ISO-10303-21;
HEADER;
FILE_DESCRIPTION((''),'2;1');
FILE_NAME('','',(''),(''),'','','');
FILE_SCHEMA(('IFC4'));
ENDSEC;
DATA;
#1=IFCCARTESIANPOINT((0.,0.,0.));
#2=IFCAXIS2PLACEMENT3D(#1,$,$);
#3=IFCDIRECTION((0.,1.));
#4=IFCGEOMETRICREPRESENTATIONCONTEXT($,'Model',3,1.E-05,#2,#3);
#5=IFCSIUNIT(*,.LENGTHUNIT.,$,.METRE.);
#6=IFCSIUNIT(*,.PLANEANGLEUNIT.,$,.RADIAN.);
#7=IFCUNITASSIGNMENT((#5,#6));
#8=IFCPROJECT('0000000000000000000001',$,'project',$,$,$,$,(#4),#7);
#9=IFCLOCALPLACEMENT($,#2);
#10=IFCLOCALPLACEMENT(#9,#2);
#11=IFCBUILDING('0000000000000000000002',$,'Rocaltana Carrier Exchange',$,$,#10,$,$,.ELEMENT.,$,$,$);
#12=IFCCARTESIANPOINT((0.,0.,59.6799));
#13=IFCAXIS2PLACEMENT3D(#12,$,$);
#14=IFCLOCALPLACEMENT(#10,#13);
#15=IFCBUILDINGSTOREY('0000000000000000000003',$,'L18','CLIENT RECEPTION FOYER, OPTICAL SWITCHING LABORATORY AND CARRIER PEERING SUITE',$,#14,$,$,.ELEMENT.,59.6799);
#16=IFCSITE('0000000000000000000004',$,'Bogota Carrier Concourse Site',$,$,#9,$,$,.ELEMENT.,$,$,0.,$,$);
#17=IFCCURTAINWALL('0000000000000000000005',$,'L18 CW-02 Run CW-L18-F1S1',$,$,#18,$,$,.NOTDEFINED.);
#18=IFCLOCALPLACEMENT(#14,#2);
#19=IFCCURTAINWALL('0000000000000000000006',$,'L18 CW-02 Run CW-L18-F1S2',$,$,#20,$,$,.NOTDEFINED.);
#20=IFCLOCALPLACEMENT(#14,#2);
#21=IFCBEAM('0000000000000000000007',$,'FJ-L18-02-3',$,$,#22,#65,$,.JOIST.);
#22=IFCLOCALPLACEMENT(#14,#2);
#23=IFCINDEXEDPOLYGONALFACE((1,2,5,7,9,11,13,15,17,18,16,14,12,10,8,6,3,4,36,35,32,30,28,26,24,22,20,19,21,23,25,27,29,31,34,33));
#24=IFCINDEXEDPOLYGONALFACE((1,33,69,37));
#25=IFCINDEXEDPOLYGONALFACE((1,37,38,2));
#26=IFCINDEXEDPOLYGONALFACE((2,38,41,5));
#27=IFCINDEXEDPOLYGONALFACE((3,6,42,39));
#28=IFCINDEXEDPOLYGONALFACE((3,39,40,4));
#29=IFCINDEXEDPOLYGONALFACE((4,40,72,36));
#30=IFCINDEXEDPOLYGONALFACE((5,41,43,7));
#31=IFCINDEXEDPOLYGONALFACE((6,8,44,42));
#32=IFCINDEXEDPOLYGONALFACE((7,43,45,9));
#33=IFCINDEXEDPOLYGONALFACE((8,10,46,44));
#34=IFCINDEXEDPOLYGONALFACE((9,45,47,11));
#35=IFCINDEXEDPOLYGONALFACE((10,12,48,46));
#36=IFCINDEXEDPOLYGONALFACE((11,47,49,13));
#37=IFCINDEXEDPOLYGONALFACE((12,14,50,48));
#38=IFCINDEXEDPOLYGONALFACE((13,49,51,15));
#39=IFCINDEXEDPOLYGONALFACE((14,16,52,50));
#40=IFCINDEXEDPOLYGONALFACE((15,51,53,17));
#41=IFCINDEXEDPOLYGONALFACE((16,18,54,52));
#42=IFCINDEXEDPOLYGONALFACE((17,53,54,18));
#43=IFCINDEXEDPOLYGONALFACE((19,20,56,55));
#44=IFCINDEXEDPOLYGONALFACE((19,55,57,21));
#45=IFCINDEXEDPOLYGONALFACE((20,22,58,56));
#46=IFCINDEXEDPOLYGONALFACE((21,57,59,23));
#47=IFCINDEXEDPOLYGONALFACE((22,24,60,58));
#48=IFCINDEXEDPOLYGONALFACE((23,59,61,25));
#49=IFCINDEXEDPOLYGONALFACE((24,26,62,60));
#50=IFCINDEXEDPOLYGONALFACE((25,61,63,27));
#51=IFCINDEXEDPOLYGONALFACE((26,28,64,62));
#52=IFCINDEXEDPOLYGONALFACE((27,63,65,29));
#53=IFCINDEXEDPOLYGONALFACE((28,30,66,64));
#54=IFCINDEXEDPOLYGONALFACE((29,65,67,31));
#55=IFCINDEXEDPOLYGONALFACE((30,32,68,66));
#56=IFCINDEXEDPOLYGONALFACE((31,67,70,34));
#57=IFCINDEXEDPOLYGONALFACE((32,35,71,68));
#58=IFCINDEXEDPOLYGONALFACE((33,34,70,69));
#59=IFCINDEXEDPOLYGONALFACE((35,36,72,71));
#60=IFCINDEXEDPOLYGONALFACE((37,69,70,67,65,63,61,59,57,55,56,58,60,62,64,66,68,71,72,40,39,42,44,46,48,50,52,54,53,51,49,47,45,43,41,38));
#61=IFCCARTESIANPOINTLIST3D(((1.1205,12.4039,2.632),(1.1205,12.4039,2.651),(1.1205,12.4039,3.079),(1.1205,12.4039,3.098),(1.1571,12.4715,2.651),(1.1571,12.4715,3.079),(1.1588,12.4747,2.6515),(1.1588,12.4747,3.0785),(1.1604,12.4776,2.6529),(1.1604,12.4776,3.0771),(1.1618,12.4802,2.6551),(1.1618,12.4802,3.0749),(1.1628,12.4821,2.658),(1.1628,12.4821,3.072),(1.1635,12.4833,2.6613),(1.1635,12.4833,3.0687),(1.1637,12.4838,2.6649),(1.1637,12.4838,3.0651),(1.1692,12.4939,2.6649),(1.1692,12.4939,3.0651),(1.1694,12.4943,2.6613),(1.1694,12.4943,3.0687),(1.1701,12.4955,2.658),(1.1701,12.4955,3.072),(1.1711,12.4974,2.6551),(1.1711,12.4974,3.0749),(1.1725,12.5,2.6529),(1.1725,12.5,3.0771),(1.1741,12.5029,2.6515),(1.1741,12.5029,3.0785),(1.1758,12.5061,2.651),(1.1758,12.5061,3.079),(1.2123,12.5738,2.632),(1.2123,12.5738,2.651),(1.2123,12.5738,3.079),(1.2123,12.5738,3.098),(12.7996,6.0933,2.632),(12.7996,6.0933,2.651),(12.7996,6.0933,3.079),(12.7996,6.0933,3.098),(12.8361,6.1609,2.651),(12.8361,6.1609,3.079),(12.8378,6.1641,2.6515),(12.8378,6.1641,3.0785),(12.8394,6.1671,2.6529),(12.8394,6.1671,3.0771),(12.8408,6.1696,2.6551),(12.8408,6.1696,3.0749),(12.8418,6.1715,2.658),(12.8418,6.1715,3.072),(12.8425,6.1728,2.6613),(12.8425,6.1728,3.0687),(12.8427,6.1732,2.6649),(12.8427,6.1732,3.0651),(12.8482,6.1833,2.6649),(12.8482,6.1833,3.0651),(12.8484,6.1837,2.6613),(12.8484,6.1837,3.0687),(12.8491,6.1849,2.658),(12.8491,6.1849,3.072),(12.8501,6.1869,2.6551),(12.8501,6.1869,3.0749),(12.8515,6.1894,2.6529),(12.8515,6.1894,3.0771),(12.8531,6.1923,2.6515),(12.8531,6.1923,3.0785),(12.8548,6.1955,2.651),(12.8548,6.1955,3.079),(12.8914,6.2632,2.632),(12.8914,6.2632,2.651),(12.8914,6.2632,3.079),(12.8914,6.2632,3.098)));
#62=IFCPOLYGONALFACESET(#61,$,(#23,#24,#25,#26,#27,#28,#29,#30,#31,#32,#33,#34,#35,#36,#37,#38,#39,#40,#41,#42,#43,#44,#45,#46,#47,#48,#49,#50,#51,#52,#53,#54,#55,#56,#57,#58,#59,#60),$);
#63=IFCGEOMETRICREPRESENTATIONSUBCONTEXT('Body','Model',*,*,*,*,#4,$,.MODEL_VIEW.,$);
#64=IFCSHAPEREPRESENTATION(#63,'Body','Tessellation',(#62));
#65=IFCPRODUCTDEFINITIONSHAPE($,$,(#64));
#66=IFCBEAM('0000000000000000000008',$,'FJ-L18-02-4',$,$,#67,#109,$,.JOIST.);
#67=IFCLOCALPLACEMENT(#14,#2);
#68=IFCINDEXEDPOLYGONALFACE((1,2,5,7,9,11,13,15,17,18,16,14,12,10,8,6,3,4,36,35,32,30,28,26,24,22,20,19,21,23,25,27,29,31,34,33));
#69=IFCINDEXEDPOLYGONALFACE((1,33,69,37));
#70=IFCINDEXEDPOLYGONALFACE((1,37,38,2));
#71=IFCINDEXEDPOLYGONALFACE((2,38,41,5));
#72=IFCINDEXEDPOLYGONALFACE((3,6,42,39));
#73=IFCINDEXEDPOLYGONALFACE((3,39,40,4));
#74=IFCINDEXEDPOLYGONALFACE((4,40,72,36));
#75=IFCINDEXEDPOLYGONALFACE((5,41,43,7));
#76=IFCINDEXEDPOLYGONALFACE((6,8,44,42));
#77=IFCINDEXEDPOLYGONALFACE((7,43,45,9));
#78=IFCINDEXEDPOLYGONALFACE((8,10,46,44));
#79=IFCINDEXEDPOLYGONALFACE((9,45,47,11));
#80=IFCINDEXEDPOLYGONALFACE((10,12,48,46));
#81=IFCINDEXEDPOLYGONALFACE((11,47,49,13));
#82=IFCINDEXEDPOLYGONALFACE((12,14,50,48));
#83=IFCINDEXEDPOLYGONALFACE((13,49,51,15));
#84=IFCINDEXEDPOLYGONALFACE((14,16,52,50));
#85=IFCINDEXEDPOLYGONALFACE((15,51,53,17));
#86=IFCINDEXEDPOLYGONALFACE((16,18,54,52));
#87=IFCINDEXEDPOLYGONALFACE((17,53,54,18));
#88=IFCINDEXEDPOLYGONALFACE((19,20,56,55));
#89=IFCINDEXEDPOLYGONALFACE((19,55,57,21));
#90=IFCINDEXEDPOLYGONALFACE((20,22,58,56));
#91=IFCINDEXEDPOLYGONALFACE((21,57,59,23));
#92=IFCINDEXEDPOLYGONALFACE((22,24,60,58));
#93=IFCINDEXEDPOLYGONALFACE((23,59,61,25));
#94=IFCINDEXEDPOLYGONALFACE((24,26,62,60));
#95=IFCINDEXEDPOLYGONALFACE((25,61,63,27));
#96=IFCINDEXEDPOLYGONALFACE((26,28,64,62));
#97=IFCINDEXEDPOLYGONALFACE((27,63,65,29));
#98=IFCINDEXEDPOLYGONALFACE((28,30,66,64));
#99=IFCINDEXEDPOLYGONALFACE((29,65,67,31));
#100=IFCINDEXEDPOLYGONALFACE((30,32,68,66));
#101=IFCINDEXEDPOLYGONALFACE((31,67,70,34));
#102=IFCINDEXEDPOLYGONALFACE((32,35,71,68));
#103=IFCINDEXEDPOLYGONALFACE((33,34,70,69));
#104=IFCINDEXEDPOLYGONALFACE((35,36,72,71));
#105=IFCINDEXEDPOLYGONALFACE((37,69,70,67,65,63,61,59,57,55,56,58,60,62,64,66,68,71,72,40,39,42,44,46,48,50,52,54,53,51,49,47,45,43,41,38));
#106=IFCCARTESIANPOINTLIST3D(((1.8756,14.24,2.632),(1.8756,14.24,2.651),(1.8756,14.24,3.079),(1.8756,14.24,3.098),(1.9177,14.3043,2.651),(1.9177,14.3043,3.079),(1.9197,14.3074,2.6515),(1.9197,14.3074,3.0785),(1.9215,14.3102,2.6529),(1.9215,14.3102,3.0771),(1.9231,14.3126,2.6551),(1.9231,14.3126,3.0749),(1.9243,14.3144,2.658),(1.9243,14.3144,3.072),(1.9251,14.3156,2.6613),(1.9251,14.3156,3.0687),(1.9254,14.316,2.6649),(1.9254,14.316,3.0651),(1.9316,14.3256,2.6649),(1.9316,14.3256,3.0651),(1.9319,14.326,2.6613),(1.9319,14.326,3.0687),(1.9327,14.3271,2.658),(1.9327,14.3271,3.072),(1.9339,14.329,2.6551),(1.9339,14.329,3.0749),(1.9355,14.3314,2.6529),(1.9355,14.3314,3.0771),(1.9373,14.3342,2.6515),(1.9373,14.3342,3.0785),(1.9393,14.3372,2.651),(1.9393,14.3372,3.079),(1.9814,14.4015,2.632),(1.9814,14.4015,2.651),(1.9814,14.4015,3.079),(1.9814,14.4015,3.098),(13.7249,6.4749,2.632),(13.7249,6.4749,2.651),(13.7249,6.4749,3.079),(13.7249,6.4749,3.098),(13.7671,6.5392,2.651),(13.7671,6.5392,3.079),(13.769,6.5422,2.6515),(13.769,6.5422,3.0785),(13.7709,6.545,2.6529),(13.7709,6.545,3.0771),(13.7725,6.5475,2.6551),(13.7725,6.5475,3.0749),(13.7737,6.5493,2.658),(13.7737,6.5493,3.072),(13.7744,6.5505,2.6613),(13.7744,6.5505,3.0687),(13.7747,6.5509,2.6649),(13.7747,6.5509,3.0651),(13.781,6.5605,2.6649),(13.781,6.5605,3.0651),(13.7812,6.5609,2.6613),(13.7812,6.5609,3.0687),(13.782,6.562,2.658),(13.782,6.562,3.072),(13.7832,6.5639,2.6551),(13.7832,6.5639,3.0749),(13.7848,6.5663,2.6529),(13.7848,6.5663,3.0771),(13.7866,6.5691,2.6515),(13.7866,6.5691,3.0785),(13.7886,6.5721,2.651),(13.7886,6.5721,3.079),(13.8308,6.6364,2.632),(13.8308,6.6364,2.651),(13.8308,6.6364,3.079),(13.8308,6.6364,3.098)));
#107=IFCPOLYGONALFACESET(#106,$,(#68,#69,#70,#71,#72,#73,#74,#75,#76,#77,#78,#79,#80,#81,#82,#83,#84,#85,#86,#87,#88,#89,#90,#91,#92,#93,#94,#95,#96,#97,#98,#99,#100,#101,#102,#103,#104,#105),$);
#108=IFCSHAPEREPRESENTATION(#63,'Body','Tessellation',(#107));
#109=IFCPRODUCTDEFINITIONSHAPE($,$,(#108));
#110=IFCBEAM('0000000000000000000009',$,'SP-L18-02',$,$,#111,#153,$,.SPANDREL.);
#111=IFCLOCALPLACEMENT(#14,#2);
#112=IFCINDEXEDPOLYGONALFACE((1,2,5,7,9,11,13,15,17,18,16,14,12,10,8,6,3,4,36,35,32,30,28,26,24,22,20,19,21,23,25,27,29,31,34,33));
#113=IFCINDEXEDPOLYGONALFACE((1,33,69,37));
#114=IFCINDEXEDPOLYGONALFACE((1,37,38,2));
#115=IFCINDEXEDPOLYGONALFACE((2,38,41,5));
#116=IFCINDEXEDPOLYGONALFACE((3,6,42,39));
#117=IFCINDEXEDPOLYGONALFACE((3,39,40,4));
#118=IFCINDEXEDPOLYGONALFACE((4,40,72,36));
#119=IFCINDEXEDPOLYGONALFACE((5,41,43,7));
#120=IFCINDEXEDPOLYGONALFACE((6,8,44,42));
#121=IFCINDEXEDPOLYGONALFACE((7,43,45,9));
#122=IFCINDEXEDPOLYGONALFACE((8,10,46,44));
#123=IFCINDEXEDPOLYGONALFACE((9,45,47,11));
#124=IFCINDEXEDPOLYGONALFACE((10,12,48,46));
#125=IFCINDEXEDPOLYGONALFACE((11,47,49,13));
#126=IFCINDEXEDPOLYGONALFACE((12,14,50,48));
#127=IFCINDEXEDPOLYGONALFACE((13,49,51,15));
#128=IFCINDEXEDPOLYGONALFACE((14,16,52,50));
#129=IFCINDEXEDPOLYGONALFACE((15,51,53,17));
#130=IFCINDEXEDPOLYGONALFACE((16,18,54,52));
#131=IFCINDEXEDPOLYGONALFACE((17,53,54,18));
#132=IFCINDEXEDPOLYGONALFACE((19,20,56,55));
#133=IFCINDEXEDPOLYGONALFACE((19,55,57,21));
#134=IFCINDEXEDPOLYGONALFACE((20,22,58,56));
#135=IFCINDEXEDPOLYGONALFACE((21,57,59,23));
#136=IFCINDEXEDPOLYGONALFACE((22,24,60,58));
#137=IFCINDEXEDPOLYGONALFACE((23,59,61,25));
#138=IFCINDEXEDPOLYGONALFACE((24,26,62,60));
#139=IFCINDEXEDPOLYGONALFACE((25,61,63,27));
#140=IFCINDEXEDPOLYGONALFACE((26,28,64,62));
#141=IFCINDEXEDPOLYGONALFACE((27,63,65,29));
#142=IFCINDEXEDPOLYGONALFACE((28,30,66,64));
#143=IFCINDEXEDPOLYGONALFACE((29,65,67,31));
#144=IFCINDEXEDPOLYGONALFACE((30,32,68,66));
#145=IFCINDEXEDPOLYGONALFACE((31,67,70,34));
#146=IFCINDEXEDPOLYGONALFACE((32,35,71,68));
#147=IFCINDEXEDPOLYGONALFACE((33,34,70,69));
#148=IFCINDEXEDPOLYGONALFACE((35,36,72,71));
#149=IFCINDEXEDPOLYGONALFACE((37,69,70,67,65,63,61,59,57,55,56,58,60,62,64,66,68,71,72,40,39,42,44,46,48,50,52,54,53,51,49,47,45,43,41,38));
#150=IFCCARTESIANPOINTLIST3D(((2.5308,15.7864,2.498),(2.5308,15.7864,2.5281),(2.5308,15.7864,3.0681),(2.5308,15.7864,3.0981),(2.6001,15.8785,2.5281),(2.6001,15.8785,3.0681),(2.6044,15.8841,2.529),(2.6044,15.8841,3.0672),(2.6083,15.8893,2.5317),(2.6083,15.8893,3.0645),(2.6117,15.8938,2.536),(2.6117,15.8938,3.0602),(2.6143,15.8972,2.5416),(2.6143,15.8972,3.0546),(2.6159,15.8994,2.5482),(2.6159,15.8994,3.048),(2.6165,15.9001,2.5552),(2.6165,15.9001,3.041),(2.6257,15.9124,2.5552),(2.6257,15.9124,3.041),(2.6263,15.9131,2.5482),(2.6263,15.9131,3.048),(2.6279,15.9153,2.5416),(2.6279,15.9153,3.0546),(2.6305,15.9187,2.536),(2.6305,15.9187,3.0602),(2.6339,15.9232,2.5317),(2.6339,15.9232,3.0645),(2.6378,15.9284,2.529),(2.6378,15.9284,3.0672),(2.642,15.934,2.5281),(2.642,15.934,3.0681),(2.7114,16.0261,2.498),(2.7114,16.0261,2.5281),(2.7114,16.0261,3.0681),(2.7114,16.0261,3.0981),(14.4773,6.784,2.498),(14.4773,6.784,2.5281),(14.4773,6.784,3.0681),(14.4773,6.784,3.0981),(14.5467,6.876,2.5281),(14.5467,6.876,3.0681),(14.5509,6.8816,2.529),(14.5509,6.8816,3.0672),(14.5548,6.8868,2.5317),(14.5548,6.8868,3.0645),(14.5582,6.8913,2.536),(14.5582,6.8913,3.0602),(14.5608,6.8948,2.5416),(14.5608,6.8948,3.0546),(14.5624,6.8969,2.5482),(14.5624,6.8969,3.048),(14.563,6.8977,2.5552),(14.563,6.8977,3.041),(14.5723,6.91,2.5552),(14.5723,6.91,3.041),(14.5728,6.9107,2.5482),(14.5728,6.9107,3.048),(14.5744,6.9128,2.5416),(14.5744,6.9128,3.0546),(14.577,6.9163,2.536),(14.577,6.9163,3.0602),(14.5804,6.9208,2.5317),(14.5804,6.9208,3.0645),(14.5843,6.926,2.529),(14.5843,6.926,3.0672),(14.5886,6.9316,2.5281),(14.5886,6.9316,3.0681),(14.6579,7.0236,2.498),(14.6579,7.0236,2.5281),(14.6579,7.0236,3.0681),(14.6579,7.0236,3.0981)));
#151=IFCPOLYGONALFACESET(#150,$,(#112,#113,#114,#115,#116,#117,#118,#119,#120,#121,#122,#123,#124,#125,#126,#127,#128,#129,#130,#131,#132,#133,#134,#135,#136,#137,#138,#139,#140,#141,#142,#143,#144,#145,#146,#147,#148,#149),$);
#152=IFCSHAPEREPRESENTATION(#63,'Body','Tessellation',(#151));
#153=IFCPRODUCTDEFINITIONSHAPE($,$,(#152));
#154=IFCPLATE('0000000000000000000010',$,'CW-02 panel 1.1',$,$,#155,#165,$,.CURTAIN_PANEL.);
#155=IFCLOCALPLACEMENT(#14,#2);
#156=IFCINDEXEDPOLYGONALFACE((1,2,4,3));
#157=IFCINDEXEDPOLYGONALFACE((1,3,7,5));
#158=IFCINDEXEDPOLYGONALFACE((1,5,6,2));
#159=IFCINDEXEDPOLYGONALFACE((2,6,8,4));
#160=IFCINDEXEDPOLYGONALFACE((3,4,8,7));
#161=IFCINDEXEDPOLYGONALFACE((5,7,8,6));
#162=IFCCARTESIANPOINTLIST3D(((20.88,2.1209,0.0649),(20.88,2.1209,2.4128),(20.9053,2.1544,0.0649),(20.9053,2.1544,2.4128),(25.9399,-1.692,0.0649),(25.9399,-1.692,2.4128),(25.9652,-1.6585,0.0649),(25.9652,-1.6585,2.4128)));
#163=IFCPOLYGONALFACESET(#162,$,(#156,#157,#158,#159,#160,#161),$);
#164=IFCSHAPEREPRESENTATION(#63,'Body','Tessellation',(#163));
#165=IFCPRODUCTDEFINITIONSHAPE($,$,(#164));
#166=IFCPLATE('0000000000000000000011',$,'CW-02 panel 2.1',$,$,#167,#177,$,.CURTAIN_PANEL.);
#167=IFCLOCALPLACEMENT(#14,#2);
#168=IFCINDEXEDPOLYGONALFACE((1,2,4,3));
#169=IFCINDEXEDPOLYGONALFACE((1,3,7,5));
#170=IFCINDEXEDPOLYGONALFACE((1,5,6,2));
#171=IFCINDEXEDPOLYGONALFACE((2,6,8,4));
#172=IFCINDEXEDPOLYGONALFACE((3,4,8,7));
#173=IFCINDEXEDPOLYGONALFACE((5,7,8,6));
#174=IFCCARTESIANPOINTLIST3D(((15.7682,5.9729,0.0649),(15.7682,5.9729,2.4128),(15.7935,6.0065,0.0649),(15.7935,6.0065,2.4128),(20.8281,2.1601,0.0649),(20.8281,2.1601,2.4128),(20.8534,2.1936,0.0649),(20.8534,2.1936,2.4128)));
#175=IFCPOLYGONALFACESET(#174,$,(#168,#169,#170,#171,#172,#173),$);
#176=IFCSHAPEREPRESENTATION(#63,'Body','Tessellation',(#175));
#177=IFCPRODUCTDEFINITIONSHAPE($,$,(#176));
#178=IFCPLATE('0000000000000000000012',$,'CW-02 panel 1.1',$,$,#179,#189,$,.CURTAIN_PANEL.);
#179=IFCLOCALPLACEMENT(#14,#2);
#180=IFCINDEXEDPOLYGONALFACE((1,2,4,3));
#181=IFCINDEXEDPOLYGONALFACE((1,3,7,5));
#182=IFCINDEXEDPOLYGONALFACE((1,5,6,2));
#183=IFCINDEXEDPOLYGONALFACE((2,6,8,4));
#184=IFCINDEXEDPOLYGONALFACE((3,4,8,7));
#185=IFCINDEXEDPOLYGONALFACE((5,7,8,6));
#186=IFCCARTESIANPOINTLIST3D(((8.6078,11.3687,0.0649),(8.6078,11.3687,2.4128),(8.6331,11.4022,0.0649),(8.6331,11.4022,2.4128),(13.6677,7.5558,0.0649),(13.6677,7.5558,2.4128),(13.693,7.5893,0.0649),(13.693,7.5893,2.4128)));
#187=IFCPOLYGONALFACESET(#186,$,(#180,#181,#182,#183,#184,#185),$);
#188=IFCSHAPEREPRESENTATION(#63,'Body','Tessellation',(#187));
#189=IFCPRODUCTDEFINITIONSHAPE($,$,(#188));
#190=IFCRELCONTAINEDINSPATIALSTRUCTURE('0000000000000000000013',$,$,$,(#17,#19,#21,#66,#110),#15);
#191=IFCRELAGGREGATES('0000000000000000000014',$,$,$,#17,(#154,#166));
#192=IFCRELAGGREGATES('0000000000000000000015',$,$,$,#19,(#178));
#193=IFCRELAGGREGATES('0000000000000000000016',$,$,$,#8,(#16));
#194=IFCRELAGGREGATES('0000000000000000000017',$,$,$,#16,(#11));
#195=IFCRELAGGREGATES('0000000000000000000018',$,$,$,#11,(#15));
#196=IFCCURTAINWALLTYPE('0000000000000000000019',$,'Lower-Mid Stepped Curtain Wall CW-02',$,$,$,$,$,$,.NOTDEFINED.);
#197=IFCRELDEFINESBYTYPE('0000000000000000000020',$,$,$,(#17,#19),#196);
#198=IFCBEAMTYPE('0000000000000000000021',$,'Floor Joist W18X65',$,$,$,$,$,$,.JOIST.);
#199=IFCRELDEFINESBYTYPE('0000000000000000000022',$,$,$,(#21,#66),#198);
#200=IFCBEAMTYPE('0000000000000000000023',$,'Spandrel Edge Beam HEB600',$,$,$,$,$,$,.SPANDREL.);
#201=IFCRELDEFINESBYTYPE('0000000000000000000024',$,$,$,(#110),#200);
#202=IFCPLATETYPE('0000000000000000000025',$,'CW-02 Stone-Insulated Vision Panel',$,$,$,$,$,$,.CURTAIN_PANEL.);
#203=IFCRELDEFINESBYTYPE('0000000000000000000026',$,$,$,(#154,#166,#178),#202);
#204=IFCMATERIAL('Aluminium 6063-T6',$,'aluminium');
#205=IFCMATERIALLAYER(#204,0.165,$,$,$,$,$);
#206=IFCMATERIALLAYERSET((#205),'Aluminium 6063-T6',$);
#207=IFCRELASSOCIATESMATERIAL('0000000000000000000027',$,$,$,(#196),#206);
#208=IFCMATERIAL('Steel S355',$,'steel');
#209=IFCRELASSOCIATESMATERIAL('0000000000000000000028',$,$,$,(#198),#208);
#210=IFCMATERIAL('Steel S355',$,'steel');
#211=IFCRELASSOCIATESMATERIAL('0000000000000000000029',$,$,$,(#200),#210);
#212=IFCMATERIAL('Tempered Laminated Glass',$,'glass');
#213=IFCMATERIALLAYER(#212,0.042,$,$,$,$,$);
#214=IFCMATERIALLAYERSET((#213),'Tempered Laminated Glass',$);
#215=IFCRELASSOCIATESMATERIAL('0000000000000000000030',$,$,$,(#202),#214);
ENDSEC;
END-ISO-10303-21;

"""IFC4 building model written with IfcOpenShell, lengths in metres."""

from ifc_helpers import new_model, si_unit, direction, frame, origin, origin_2d, place, context, subcontext, project, spatial, rectangle, i_section, extrude, material, layer, layer_set, material_profile, profile_set, type_object, element, aggregate, save


model = new_model("IFC4")

# Units and contexts
model_context = context("Model", 3, precision=1e-05, world=origin(), true_north=direction((0.0, 1.0)))
body_context = subcontext(model_context, "Body", "Model", "MODEL_VIEW")
ifc_project = project(units=[si_unit("LENGTHUNIT", "METRE"), si_unit("PLANEANGLEUNIT", "RADIAN")], contexts=[model_context])

# Site, building, storey
site_placement = place(None, origin())
site = spatial("IfcSite", under=ifc_project, at=site_placement, Name="Bogota Carrier Concourse Site", CompositionType="ELEMENT", RefElevation=0.0)
building_placement = place(site_placement, origin())
building = spatial("IfcBuilding", under=site, at=building_placement, Name="Rocaltana Carrier Exchange", CompositionType="ELEMENT")
storey_placement = place(building_placement, frame((0.0, 0.0, 59.6799)))
storey = spatial("IfcBuildingStorey", under=building, at=storey_placement, Name="L18", Description="CLIENT RECEPTION FOYER, OPTICAL SWITCHING LABORATORY AND CARRIER PEERING SUITE", CompositionType="ELEMENT", Elevation=59.6799)

# Curtain wall
ifc_material_1 = material(Name="Aluminium 6063-T6", Category="aluminium")
ifc_layer_1 = layer(ifc_material_1, 0.165)
ifc_layer_set_1 = layer_set([ifc_layer_1], Name="Aluminium 6063-T6")
curtain_wall_type = type_object("IfcCurtainWallType", Name="Lower-Mid Stepped Curtain Wall CW-02", PredefinedType="NOTDEFINED", material=ifc_layer_set_1)
curtain_wall_1_placement = place(storey_placement, origin())
curtain_wall_1 = element("IfcCurtainWall", 1, at=curtain_wall_1_placement, inside=storey, type_object=curtain_wall_type, Name="L18 CW-02 Run CW-L18-F1S1", PredefinedType="NOTDEFINED")

# Curtain wall
curtain_wall_2_placement = place(storey_placement, origin())
curtain_wall_2 = element("IfcCurtainWall", 2, at=curtain_wall_2_placement, inside=storey, type_object=curtain_wall_type, Name="L18 CW-02 Run CW-L18-F1S2", PredefinedType="NOTDEFINED")

# Beams
ifc_material_2 = material(Name="Steel S355", Category="steel")
ifc_material_profile_1 = material_profile(ifc_material_2, i_section(OverallWidth=0.1931, OverallDepth=0.4661, WebThickness=0.0115, FlangeThickness=0.019, FilletRadius=0.0139, at=origin_2d()), Name="W18X65")
ifc_profile_set_1 = profile_set([ifc_material_profile_1], Name="Steel S355")
beam_type_1 = type_object("IfcBeamType", Name="Floor Joist W18X65", PredefinedType="JOIST", material=ifc_profile_set_1)
beam_1_placement = place(storey_placement, frame((12.8455, 6.1782, 2.865), z_axis=(-0.879782, 0.475377, 0.0), x_axis=(-0.475377, -0.879782, 0.0)))
element("IfcBeam", 3, at=beam_1_placement, inside=storey, type_object=beam_type_1, Name="FJ-L18-02-3", PredefinedType="JOIST", context=body_context, shape_type="SweptSolid", body=[
    extrude(i_section(OverallWidth=0.1931, OverallDepth=0.4661, WebThickness=0.0115, FlangeThickness=0.019, FilletRadius=0.0139, at=origin_2d()), origin(), (0.0, 0.0, 1.0), 13.2749),
])
beam_2_placement = place(storey_placement, frame((13.7778, 6.5557, 2.865), z_axis=(-0.836404, 0.548113, 0.0), x_axis=(-0.548113, -0.836404, 0.0)))
element("IfcBeam", 4, at=beam_2_placement, inside=storey, type_object=beam_type_1, Name="FJ-L18-02-4", PredefinedType="JOIST", context=body_context, shape_type="SweptSolid", body=[
    extrude(i_section(OverallWidth=0.1931, OverallDepth=0.4661, WebThickness=0.0115, FlangeThickness=0.019, FilletRadius=0.0139, at=origin_2d()), origin(), (0.0, 0.0, 1.0), 14.167),
])
ifc_material_3 = material(Name="Steel S355", Category="steel")
ifc_material_profile_2 = material_profile(ifc_material_3, i_section(OverallWidth=0.3, OverallDepth=0.6001, WebThickness=0.0154, FlangeThickness=0.03, FilletRadius=0.0271, at=origin_2d()), Name="HEB600")
ifc_profile_set_2 = profile_set([ifc_material_profile_2], Name="Steel S355")
beam_type_2 = type_object("IfcBeamType", Name="Spandrel Edge Beam HEB600", PredefinedType="SPANDREL", material=ifc_profile_set_2)
beam_3_placement = place(storey_placement, frame((14.5676, 6.9038, 2.7981), z_axis=(-0.798633, 0.601819, 0.0), x_axis=(-0.601819, -0.798633, 0.0)))
element("IfcBeam", 5, at=beam_3_placement, inside=storey, type_object=beam_type_2, Name="SP-L18-02", PredefinedType="SPANDREL", context=body_context, shape_type="SweptSolid", body=[
    extrude(i_section(OverallWidth=0.3, OverallDepth=0.6001, WebThickness=0.0154, FlangeThickness=0.03, FilletRadius=0.0271, at=origin_2d()), origin(), (0.0, 0.0, 1.0), 14.9587),
])

# Plates
ifc_material_4 = material(Name="Tempered Laminated Glass", Category="glass")
ifc_layer_2 = layer(ifc_material_4, 0.042)
ifc_layer_set_2 = layer_set([ifc_layer_2], Name="Tempered Laminated Glass")
plate_type = type_object("IfcPlateType", Name="CW-02 Stone-Insulated Vision Panel", PredefinedType="CURTAIN_PANEL", material=ifc_layer_set_2)
plate_1_placement = place(storey_placement, frame((23.4226, 0.2312, 0.0649), z_axis=(0.0, 0.0, 1.0), x_axis=(-0.798642, 0.601807, 0.0)))
plate_1 = element("IfcPlate", 6, at=plate_1_placement, type_object=plate_type, Name="CW-02 panel 1.1", PredefinedType="CURTAIN_PANEL", context=body_context, shape_type="SweptSolid", body=[
    extrude(rectangle(XDim=6.3357, YDim=0.042, at=origin_2d()), origin(), (0.0, 0.0, 1.0), 2.3479),
])
plate_2_placement = place(storey_placement, frame((18.3108, 4.0833, 0.0649), z_axis=(0.0, 0.0, 1.0), x_axis=(-0.798642, 0.601807, 0.0)))
plate_2 = element("IfcPlate", 7, at=plate_2_placement, type_object=plate_type, Name="CW-02 panel 2.1", PredefinedType="CURTAIN_PANEL", context=body_context, shape_type="SweptSolid", body=[
    extrude(rectangle(XDim=6.3357, YDim=0.042, at=origin_2d()), origin(), (0.0, 0.0, 1.0), 2.3479),
])
aggregate(curtain_wall_1, [plate_1, plate_2])
plate_3_placement = place(storey_placement, frame((11.1504, 9.479, 0.0649), z_axis=(0.0, 0.0, 1.0), x_axis=(-0.798635, 0.601815, 0.0)))
plate_3 = element("IfcPlate", 8, at=plate_3_placement, type_object=plate_type, Name="CW-02 panel 1.1", PredefinedType="CURTAIN_PANEL", context=body_context, shape_type="SweptSolid", body=[
    extrude(rectangle(XDim=6.3357, YDim=0.042, at=origin_2d()), origin(), (0.0, 0.0, 1.0), 2.3479),
])
aggregate(curtain_wall_2, [plate_3])

save(model, "model.ifc")
